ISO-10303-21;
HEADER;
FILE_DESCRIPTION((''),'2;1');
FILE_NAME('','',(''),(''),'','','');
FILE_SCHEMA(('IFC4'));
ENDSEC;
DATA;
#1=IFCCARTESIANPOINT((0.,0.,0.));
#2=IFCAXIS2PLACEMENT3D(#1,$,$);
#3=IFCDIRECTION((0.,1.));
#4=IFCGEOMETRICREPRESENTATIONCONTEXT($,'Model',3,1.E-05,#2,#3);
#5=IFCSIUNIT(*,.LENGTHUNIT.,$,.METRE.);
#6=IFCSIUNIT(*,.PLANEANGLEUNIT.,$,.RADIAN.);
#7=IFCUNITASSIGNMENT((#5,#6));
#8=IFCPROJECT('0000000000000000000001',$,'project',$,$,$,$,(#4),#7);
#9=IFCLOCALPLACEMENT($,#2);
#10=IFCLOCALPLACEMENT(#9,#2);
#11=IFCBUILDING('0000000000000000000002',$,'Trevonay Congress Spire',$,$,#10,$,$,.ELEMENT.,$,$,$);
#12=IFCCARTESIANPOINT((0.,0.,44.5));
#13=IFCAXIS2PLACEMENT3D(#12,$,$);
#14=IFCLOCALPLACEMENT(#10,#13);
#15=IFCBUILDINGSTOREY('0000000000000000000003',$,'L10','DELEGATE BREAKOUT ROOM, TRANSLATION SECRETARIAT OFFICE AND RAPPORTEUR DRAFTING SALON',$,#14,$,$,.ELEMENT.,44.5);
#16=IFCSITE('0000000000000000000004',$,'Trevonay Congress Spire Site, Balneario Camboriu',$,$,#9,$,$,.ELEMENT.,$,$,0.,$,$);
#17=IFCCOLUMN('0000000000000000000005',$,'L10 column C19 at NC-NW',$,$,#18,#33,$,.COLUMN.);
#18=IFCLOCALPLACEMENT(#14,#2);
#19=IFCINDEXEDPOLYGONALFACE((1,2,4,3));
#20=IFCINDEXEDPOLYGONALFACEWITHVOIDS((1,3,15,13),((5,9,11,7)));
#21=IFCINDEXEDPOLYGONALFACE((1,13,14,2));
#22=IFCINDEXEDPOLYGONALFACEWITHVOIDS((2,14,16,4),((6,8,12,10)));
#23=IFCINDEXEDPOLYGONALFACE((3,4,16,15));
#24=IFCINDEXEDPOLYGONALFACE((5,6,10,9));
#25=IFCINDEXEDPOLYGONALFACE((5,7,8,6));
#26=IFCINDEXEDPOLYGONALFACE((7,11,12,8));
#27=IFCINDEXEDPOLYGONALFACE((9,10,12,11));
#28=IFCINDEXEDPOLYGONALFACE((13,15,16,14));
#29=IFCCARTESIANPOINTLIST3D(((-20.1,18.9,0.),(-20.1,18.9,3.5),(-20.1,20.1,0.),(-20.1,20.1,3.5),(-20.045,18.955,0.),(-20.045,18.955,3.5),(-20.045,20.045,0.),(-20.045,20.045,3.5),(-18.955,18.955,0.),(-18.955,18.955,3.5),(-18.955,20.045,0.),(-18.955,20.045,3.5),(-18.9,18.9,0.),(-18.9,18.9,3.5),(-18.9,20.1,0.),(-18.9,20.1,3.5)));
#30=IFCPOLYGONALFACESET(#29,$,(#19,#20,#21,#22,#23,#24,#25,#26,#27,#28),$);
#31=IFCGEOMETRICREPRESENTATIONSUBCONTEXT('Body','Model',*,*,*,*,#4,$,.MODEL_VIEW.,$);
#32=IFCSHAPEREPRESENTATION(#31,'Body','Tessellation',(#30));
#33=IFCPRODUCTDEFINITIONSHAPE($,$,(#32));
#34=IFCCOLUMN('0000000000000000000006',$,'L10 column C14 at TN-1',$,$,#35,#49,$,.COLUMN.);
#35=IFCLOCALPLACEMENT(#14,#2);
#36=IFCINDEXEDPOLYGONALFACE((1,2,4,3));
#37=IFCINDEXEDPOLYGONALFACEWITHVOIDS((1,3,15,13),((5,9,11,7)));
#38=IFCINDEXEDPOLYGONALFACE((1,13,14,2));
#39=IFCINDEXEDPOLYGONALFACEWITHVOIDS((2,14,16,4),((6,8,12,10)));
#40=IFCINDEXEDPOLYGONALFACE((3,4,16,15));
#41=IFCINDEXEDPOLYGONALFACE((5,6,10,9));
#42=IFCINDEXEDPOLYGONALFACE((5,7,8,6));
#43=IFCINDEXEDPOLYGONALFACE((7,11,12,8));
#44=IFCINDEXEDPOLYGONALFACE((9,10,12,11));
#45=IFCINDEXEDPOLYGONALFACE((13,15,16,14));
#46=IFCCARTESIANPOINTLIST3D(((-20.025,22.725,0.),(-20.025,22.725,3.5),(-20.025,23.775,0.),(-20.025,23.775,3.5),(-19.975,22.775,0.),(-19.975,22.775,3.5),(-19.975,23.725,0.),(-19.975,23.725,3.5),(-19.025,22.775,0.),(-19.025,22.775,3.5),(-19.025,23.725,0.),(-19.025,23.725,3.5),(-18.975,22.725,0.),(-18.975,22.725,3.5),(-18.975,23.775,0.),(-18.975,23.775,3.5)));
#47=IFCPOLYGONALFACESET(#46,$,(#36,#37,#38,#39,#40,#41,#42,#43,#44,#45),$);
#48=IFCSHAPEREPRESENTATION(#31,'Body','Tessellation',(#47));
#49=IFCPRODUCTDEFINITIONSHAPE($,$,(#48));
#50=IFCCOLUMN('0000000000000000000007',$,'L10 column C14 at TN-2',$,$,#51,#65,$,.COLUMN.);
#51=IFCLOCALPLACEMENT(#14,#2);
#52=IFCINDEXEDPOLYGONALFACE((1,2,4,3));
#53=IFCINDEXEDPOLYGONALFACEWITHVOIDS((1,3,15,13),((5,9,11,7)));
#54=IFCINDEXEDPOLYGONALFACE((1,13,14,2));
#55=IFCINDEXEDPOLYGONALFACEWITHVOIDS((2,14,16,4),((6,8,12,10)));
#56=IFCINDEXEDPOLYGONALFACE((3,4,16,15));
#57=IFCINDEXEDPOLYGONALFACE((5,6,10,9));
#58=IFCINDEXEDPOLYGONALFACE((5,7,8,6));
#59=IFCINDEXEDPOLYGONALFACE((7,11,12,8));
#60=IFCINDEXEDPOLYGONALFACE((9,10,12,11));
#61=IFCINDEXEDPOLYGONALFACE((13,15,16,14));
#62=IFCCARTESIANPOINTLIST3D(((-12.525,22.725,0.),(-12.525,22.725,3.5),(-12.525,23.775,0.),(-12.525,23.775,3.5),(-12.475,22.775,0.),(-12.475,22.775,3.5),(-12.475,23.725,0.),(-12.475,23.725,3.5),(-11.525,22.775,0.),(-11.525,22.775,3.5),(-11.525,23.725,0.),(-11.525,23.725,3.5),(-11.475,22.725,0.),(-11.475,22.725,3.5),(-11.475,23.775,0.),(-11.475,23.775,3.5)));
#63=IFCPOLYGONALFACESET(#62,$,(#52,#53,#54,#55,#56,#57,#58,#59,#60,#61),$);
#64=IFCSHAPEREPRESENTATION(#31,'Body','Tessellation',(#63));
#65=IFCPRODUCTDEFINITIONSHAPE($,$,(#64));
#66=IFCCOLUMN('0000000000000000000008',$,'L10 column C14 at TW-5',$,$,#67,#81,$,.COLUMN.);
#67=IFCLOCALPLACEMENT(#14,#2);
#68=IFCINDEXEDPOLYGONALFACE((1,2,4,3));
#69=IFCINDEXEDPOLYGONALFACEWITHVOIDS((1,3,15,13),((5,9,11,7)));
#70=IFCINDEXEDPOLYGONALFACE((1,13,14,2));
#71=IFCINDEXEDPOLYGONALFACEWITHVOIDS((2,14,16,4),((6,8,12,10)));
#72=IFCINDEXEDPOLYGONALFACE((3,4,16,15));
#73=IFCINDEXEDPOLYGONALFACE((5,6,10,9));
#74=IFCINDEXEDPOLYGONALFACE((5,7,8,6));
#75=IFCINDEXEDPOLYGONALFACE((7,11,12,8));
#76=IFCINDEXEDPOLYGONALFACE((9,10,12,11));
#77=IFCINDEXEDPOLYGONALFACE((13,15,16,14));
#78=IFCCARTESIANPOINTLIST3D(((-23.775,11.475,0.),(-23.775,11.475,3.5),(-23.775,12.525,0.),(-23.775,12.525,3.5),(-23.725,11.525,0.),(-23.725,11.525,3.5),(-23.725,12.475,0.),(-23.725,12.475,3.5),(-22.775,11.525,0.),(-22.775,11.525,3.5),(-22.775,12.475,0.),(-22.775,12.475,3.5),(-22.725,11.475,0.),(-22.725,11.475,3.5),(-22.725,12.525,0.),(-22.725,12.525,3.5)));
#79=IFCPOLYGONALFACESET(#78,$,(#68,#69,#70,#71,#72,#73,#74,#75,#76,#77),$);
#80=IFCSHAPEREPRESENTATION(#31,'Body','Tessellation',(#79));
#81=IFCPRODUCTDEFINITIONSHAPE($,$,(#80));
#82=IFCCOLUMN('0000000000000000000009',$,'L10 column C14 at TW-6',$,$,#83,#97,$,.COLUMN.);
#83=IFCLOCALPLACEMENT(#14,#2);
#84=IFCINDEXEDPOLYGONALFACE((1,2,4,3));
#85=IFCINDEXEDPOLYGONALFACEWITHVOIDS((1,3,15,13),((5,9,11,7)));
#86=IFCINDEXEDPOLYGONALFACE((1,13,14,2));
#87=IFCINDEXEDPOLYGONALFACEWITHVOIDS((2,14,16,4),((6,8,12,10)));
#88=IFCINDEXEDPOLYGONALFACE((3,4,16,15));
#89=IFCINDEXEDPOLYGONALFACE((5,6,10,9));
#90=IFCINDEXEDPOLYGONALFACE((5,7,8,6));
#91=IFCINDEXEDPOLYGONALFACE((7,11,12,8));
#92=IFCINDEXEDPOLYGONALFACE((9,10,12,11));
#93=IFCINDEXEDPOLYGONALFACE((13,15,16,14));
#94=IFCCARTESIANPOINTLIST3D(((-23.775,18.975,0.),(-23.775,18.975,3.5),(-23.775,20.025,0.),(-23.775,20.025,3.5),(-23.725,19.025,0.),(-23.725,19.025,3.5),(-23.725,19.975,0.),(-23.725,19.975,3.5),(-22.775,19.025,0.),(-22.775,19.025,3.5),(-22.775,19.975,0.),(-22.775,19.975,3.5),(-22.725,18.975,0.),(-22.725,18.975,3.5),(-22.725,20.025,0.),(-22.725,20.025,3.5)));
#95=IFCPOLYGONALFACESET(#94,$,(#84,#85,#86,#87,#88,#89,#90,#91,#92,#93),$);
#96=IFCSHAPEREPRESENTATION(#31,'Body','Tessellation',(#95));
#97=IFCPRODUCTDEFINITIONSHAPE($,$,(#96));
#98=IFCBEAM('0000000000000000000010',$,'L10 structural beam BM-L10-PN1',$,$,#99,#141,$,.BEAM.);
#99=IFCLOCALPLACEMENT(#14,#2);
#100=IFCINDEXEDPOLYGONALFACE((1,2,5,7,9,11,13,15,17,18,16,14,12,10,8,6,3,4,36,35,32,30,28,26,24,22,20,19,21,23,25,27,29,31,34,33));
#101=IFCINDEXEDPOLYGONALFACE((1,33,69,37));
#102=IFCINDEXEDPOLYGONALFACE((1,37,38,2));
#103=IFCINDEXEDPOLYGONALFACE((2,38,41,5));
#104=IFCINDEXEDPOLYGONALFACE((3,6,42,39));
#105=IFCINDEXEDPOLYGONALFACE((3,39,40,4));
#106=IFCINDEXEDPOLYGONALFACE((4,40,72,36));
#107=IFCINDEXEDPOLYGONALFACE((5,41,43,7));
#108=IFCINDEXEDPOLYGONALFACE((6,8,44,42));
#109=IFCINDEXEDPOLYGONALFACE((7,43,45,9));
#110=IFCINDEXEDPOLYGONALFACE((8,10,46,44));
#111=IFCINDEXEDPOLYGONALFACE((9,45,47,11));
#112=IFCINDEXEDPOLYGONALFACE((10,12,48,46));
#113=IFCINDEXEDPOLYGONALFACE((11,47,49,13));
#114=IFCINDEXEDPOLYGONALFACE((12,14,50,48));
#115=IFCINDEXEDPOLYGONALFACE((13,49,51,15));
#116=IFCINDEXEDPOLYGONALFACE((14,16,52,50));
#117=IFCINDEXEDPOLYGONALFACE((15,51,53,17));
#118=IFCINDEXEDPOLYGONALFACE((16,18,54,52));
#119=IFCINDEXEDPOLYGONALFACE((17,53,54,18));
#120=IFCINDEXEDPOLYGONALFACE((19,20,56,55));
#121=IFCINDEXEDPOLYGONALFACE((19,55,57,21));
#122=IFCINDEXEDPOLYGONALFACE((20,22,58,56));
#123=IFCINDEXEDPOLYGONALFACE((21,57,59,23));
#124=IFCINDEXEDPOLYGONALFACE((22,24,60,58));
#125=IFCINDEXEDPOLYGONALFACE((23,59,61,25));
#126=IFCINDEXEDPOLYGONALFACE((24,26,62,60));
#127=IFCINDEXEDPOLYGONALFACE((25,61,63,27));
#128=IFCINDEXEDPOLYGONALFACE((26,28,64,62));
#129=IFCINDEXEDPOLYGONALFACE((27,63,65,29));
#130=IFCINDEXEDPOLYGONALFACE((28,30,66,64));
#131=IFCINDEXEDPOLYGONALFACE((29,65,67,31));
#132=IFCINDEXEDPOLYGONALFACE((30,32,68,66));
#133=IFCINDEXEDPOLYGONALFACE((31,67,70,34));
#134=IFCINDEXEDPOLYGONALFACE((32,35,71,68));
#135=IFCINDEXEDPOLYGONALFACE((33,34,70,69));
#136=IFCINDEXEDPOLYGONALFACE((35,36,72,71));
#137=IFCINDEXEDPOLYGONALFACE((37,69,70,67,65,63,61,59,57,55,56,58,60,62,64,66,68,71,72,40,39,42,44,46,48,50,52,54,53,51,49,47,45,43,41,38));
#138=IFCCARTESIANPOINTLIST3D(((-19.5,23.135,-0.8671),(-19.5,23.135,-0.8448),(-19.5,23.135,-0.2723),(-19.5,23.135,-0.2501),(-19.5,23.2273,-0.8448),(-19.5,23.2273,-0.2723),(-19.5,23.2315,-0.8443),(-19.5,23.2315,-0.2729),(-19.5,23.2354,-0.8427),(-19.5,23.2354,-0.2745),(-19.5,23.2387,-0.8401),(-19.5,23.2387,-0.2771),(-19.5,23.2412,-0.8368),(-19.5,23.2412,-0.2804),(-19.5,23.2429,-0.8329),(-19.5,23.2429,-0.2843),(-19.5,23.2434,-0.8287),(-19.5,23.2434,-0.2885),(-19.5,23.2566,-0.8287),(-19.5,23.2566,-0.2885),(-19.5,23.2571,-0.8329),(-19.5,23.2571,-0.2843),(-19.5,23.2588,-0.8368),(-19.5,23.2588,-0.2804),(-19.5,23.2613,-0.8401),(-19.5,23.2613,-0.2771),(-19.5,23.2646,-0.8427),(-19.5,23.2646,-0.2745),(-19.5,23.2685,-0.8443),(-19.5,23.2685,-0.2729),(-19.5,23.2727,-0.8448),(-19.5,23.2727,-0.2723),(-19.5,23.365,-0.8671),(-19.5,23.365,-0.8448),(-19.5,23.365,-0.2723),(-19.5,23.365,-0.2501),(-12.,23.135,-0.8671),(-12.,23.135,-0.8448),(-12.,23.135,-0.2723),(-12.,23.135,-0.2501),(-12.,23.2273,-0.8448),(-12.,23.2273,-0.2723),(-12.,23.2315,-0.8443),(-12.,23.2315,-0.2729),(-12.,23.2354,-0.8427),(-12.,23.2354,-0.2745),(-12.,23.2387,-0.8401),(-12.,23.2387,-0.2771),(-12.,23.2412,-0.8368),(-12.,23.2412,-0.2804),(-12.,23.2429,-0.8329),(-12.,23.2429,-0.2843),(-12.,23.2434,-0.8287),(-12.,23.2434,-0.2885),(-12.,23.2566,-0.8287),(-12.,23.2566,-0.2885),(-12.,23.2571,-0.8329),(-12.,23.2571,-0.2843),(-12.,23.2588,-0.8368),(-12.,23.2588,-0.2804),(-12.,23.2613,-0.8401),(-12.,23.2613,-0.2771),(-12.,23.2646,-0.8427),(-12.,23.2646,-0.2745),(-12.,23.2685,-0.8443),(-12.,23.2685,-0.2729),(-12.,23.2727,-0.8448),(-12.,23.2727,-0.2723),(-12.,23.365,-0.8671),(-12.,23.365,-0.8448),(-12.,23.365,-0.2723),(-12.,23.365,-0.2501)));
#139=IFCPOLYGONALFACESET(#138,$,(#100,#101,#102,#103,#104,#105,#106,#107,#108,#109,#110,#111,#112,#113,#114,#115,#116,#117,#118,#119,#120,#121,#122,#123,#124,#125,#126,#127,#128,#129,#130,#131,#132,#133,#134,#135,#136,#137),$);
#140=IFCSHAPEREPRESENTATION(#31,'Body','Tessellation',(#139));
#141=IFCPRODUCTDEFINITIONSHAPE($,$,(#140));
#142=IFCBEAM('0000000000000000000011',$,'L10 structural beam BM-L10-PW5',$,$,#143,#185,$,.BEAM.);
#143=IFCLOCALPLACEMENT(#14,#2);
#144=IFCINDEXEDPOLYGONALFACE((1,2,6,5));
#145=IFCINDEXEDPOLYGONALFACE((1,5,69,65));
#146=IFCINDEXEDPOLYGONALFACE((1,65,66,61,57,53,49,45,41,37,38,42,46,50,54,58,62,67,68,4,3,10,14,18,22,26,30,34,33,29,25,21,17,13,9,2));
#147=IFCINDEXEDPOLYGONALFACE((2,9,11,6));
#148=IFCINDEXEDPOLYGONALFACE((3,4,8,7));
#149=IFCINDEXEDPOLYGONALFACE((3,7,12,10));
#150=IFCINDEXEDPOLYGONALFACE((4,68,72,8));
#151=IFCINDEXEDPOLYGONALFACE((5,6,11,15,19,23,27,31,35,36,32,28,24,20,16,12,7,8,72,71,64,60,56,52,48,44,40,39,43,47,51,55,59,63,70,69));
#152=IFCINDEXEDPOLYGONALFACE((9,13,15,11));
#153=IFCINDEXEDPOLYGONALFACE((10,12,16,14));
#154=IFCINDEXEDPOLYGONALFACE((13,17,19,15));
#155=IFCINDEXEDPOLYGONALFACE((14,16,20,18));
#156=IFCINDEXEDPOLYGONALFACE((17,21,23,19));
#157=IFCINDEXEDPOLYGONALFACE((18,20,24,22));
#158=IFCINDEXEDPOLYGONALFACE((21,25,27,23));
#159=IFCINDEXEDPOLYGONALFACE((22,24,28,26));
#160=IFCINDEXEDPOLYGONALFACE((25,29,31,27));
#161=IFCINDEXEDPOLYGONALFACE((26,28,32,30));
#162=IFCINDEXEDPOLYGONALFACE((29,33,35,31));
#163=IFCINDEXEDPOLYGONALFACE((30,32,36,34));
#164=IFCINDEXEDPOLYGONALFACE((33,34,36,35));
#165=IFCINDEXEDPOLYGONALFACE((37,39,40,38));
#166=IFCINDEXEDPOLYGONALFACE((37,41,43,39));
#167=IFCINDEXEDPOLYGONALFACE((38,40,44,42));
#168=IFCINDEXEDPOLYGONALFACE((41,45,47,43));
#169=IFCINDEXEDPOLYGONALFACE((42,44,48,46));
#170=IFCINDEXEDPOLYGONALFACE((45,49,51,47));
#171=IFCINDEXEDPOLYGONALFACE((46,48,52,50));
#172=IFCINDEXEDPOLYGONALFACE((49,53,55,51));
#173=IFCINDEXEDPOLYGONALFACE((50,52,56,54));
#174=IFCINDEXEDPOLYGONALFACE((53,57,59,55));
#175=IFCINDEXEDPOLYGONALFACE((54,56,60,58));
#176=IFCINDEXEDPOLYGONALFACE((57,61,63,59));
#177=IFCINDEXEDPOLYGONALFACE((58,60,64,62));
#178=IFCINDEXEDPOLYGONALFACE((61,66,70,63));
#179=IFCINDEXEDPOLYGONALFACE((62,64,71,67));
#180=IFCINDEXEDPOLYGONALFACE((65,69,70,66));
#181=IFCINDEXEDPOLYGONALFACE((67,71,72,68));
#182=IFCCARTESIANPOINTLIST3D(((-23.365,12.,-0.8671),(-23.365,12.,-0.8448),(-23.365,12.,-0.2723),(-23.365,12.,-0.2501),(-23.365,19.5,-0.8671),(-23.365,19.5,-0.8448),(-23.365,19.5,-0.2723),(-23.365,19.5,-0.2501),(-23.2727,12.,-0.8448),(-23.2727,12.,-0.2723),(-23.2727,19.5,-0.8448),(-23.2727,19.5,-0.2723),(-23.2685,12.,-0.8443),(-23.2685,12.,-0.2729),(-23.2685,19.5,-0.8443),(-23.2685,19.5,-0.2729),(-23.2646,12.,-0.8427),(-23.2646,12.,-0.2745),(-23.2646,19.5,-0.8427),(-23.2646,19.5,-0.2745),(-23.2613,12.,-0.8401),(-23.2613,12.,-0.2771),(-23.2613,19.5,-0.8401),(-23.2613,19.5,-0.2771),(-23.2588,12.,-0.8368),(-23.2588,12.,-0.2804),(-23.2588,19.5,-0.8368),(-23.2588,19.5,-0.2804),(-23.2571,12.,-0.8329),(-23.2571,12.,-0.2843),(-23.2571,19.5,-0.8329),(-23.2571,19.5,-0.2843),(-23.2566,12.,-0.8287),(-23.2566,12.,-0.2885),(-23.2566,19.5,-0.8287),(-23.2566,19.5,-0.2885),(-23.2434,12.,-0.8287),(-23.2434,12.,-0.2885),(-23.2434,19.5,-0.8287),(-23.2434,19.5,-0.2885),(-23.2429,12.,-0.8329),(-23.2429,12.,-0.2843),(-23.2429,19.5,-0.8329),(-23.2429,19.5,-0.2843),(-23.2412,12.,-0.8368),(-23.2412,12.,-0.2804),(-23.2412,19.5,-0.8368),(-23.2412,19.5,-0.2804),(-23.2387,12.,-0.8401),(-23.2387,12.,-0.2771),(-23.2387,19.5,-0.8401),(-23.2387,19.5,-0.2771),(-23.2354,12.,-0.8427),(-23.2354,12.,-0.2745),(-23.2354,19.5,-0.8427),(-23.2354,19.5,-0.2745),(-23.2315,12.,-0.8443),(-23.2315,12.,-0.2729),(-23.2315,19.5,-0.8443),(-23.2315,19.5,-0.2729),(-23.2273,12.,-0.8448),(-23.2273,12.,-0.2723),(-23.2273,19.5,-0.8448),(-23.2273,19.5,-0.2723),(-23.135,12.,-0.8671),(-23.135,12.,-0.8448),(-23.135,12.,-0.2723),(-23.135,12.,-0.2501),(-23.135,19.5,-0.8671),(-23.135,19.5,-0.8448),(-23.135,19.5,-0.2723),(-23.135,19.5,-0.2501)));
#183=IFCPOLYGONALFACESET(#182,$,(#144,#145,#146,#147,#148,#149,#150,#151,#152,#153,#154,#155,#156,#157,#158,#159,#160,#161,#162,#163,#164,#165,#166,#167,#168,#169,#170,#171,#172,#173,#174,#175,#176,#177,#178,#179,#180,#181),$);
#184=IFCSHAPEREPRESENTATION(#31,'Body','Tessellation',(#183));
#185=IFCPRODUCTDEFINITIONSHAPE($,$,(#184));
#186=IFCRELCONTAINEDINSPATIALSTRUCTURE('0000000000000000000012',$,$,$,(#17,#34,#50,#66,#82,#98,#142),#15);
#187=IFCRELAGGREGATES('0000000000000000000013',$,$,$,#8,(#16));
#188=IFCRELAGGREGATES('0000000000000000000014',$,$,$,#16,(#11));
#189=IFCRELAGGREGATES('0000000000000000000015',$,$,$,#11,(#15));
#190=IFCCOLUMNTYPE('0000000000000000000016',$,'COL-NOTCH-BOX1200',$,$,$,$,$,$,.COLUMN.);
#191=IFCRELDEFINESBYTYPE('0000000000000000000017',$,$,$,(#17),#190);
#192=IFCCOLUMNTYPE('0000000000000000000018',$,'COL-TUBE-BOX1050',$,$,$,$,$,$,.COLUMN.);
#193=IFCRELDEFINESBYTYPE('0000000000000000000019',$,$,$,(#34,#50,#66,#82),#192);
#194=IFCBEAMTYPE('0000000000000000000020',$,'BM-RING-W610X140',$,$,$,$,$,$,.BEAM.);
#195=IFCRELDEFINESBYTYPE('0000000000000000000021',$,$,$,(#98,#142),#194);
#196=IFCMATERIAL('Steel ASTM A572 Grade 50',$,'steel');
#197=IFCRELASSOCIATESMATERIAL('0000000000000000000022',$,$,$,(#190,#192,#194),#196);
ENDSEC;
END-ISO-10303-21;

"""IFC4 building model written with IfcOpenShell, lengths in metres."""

from ifc_helpers import new_model, si_unit, direction, frame, origin, origin_2d, place, context, subcontext, project, spatial, hollow_rectangle, i_section, extrude, material, material_profile, profile_set, type_object, element, save


model = new_model("IFC4")

# Units and contexts
model_context = context("Model", 3, precision=1e-05, world=origin(), true_north=direction((0.0, 1.0)))
body_context = subcontext(model_context, "Body", "Model", "MODEL_VIEW")
ifc_project = project(units=[si_unit("LENGTHUNIT", "METRE"), si_unit("PLANEANGLEUNIT", "RADIAN")], contexts=[model_context])

# Site, building, storey
site_placement = place(None, origin())
site = spatial("IfcSite", under=ifc_project, at=site_placement, Name="Trevonay Congress Spire Site, Balneario Camboriu", CompositionType="ELEMENT", RefElevation=0.0)
building_placement = place(site_placement, origin())
building = spatial("IfcBuilding", under=site, at=building_placement, Name="Trevonay Congress Spire", CompositionType="ELEMENT")
storey_placement = place(building_placement, frame((0.0, 0.0, 44.5)))
storey = spatial("IfcBuildingStorey", under=building, at=storey_placement, Name="L10", Description="DELEGATE BREAKOUT ROOM, TRANSLATION SECRETARIAT OFFICE AND RAPPORTEUR DRAFTING SALON", CompositionType="ELEMENT", Elevation=44.5)

# Columns
ifc_material_1 = material(Name="Steel ASTM A572 Grade 50", Category="steel")
ifc_material_profile_1 = material_profile(ifc_material_1, hollow_rectangle(XDim=1.2, YDim=1.2, WallThickness=0.0549, at=origin_2d()), Name="BOX 1200x1200x55")
ifc_profile_set_1 = profile_set([ifc_material_profile_1], Name="Steel ASTM A572 Grade 50")
column_type_1 = type_object("IfcColumnType", Name="COL-NOTCH-BOX1200", PredefinedType="COLUMN", material=ifc_profile_set_1)
column_placement = place(storey_placement, frame((-19.5, 19.5, 0.0), z_axis=(0.0, 0.0, 1.0), x_axis=(1.0, 0.0, 0.0)))
element("IfcColumn", 1, at=column_placement, inside=storey, type_object=column_type_1, Name="L10 column C19 at NC-NW", PredefinedType="COLUMN", context=body_context, shape_type="SweptSolid", body=[
    extrude(hollow_rectangle(XDim=1.2, YDim=1.2, WallThickness=0.0549, at=origin_2d()), origin(), (0.0, 0.0, 1.0), 3.5),
])
ifc_material_profile_2 = material_profile(ifc_material_1, hollow_rectangle(XDim=1.05, YDim=1.05, WallThickness=0.05, at=origin_2d()), Name="BOX 1050x1050x50")
ifc_profile_set_2 = profile_set([ifc_material_profile_2], Name="Steel ASTM A572 Grade 50")
column_type_2 = type_object("IfcColumnType", Name="COL-TUBE-BOX1050", PredefinedType="COLUMN", material=ifc_profile_set_2)
for number, where, z_axis, x_axis, name in (
    (2, (-19.5, 23.25, 0.0), (0.0, 0.0, 1.0), (1.0, 0.0, 0.0), "L10 column C14 at TN-1"),
    (3, (-12.0, 23.25, 0.0), (0.0, 0.0, 1.0), (1.0, 0.0, 0.0), "L10 column C14 at TN-2"),
    (4, (-23.25, 12.0, 0.0), (0.0, 0.0, 1.0), (1.0, 0.0, 0.0), "L10 column C14 at TW-5"),
    (5, (-23.25, 19.5, 0.0), (0.0, 0.0, 1.0), (1.0, 0.0, 0.0), "L10 column C14 at TW-6"),
):
    element("IfcColumn", number, at=place(storey_placement, frame(where, z_axis=z_axis, x_axis=x_axis)), inside=storey, type_object=column_type_2, Name=name, PredefinedType="COLUMN", context=body_context, shape_type="SweptSolid", body=[
        extrude(hollow_rectangle(XDim=1.05, YDim=1.05, WallThickness=0.05, at=origin_2d()), origin(), (0.0, 0.0, 1.0), 3.5),
    ])

# Beams
ifc_material_profile_3 = material_profile(ifc_material_1, i_section(OverallWidth=0.23, OverallDepth=0.6169, WebThickness=0.0132, FlangeThickness=0.0222, FilletRadius=0.0161, at=origin_2d()), Name="W610x140")
ifc_profile_set_3 = profile_set([ifc_material_profile_3], Name="Steel ASTM A572 Grade 50")
beam_type = type_object("IfcBeamType", Name="BM-RING-W610X140", PredefinedType="BEAM", material=ifc_profile_set_3)
for number, where, z_axis, x_axis, name in (
    (6, (-19.5, 23.25, -0.5586), (1.0, 0.0, 0.0), (0.0, 1.0, 0.0), "L10 structural beam BM-L10-PN1"),
    (7, (-23.25, 12.0, -0.5586), (0.0, 1.0, 0.0), (-1.0, 0.0, 0.0), "L10 structural beam BM-L10-PW5"),
):
    element("IfcBeam", number, at=place(storey_placement, frame(where, z_axis=z_axis, x_axis=x_axis)), inside=storey, type_object=beam_type, Name=name, PredefinedType="BEAM", context=body_context, shape_type="SweptSolid", body=[
        extrude(i_section(OverallWidth=0.23, OverallDepth=0.6169, WebThickness=0.0132, FlangeThickness=0.0222, FilletRadius=0.0161, at=origin_2d()), origin(), (0.0, 0.0, 1.0), 7.5),
    ])

save(model, "model.ifc")
